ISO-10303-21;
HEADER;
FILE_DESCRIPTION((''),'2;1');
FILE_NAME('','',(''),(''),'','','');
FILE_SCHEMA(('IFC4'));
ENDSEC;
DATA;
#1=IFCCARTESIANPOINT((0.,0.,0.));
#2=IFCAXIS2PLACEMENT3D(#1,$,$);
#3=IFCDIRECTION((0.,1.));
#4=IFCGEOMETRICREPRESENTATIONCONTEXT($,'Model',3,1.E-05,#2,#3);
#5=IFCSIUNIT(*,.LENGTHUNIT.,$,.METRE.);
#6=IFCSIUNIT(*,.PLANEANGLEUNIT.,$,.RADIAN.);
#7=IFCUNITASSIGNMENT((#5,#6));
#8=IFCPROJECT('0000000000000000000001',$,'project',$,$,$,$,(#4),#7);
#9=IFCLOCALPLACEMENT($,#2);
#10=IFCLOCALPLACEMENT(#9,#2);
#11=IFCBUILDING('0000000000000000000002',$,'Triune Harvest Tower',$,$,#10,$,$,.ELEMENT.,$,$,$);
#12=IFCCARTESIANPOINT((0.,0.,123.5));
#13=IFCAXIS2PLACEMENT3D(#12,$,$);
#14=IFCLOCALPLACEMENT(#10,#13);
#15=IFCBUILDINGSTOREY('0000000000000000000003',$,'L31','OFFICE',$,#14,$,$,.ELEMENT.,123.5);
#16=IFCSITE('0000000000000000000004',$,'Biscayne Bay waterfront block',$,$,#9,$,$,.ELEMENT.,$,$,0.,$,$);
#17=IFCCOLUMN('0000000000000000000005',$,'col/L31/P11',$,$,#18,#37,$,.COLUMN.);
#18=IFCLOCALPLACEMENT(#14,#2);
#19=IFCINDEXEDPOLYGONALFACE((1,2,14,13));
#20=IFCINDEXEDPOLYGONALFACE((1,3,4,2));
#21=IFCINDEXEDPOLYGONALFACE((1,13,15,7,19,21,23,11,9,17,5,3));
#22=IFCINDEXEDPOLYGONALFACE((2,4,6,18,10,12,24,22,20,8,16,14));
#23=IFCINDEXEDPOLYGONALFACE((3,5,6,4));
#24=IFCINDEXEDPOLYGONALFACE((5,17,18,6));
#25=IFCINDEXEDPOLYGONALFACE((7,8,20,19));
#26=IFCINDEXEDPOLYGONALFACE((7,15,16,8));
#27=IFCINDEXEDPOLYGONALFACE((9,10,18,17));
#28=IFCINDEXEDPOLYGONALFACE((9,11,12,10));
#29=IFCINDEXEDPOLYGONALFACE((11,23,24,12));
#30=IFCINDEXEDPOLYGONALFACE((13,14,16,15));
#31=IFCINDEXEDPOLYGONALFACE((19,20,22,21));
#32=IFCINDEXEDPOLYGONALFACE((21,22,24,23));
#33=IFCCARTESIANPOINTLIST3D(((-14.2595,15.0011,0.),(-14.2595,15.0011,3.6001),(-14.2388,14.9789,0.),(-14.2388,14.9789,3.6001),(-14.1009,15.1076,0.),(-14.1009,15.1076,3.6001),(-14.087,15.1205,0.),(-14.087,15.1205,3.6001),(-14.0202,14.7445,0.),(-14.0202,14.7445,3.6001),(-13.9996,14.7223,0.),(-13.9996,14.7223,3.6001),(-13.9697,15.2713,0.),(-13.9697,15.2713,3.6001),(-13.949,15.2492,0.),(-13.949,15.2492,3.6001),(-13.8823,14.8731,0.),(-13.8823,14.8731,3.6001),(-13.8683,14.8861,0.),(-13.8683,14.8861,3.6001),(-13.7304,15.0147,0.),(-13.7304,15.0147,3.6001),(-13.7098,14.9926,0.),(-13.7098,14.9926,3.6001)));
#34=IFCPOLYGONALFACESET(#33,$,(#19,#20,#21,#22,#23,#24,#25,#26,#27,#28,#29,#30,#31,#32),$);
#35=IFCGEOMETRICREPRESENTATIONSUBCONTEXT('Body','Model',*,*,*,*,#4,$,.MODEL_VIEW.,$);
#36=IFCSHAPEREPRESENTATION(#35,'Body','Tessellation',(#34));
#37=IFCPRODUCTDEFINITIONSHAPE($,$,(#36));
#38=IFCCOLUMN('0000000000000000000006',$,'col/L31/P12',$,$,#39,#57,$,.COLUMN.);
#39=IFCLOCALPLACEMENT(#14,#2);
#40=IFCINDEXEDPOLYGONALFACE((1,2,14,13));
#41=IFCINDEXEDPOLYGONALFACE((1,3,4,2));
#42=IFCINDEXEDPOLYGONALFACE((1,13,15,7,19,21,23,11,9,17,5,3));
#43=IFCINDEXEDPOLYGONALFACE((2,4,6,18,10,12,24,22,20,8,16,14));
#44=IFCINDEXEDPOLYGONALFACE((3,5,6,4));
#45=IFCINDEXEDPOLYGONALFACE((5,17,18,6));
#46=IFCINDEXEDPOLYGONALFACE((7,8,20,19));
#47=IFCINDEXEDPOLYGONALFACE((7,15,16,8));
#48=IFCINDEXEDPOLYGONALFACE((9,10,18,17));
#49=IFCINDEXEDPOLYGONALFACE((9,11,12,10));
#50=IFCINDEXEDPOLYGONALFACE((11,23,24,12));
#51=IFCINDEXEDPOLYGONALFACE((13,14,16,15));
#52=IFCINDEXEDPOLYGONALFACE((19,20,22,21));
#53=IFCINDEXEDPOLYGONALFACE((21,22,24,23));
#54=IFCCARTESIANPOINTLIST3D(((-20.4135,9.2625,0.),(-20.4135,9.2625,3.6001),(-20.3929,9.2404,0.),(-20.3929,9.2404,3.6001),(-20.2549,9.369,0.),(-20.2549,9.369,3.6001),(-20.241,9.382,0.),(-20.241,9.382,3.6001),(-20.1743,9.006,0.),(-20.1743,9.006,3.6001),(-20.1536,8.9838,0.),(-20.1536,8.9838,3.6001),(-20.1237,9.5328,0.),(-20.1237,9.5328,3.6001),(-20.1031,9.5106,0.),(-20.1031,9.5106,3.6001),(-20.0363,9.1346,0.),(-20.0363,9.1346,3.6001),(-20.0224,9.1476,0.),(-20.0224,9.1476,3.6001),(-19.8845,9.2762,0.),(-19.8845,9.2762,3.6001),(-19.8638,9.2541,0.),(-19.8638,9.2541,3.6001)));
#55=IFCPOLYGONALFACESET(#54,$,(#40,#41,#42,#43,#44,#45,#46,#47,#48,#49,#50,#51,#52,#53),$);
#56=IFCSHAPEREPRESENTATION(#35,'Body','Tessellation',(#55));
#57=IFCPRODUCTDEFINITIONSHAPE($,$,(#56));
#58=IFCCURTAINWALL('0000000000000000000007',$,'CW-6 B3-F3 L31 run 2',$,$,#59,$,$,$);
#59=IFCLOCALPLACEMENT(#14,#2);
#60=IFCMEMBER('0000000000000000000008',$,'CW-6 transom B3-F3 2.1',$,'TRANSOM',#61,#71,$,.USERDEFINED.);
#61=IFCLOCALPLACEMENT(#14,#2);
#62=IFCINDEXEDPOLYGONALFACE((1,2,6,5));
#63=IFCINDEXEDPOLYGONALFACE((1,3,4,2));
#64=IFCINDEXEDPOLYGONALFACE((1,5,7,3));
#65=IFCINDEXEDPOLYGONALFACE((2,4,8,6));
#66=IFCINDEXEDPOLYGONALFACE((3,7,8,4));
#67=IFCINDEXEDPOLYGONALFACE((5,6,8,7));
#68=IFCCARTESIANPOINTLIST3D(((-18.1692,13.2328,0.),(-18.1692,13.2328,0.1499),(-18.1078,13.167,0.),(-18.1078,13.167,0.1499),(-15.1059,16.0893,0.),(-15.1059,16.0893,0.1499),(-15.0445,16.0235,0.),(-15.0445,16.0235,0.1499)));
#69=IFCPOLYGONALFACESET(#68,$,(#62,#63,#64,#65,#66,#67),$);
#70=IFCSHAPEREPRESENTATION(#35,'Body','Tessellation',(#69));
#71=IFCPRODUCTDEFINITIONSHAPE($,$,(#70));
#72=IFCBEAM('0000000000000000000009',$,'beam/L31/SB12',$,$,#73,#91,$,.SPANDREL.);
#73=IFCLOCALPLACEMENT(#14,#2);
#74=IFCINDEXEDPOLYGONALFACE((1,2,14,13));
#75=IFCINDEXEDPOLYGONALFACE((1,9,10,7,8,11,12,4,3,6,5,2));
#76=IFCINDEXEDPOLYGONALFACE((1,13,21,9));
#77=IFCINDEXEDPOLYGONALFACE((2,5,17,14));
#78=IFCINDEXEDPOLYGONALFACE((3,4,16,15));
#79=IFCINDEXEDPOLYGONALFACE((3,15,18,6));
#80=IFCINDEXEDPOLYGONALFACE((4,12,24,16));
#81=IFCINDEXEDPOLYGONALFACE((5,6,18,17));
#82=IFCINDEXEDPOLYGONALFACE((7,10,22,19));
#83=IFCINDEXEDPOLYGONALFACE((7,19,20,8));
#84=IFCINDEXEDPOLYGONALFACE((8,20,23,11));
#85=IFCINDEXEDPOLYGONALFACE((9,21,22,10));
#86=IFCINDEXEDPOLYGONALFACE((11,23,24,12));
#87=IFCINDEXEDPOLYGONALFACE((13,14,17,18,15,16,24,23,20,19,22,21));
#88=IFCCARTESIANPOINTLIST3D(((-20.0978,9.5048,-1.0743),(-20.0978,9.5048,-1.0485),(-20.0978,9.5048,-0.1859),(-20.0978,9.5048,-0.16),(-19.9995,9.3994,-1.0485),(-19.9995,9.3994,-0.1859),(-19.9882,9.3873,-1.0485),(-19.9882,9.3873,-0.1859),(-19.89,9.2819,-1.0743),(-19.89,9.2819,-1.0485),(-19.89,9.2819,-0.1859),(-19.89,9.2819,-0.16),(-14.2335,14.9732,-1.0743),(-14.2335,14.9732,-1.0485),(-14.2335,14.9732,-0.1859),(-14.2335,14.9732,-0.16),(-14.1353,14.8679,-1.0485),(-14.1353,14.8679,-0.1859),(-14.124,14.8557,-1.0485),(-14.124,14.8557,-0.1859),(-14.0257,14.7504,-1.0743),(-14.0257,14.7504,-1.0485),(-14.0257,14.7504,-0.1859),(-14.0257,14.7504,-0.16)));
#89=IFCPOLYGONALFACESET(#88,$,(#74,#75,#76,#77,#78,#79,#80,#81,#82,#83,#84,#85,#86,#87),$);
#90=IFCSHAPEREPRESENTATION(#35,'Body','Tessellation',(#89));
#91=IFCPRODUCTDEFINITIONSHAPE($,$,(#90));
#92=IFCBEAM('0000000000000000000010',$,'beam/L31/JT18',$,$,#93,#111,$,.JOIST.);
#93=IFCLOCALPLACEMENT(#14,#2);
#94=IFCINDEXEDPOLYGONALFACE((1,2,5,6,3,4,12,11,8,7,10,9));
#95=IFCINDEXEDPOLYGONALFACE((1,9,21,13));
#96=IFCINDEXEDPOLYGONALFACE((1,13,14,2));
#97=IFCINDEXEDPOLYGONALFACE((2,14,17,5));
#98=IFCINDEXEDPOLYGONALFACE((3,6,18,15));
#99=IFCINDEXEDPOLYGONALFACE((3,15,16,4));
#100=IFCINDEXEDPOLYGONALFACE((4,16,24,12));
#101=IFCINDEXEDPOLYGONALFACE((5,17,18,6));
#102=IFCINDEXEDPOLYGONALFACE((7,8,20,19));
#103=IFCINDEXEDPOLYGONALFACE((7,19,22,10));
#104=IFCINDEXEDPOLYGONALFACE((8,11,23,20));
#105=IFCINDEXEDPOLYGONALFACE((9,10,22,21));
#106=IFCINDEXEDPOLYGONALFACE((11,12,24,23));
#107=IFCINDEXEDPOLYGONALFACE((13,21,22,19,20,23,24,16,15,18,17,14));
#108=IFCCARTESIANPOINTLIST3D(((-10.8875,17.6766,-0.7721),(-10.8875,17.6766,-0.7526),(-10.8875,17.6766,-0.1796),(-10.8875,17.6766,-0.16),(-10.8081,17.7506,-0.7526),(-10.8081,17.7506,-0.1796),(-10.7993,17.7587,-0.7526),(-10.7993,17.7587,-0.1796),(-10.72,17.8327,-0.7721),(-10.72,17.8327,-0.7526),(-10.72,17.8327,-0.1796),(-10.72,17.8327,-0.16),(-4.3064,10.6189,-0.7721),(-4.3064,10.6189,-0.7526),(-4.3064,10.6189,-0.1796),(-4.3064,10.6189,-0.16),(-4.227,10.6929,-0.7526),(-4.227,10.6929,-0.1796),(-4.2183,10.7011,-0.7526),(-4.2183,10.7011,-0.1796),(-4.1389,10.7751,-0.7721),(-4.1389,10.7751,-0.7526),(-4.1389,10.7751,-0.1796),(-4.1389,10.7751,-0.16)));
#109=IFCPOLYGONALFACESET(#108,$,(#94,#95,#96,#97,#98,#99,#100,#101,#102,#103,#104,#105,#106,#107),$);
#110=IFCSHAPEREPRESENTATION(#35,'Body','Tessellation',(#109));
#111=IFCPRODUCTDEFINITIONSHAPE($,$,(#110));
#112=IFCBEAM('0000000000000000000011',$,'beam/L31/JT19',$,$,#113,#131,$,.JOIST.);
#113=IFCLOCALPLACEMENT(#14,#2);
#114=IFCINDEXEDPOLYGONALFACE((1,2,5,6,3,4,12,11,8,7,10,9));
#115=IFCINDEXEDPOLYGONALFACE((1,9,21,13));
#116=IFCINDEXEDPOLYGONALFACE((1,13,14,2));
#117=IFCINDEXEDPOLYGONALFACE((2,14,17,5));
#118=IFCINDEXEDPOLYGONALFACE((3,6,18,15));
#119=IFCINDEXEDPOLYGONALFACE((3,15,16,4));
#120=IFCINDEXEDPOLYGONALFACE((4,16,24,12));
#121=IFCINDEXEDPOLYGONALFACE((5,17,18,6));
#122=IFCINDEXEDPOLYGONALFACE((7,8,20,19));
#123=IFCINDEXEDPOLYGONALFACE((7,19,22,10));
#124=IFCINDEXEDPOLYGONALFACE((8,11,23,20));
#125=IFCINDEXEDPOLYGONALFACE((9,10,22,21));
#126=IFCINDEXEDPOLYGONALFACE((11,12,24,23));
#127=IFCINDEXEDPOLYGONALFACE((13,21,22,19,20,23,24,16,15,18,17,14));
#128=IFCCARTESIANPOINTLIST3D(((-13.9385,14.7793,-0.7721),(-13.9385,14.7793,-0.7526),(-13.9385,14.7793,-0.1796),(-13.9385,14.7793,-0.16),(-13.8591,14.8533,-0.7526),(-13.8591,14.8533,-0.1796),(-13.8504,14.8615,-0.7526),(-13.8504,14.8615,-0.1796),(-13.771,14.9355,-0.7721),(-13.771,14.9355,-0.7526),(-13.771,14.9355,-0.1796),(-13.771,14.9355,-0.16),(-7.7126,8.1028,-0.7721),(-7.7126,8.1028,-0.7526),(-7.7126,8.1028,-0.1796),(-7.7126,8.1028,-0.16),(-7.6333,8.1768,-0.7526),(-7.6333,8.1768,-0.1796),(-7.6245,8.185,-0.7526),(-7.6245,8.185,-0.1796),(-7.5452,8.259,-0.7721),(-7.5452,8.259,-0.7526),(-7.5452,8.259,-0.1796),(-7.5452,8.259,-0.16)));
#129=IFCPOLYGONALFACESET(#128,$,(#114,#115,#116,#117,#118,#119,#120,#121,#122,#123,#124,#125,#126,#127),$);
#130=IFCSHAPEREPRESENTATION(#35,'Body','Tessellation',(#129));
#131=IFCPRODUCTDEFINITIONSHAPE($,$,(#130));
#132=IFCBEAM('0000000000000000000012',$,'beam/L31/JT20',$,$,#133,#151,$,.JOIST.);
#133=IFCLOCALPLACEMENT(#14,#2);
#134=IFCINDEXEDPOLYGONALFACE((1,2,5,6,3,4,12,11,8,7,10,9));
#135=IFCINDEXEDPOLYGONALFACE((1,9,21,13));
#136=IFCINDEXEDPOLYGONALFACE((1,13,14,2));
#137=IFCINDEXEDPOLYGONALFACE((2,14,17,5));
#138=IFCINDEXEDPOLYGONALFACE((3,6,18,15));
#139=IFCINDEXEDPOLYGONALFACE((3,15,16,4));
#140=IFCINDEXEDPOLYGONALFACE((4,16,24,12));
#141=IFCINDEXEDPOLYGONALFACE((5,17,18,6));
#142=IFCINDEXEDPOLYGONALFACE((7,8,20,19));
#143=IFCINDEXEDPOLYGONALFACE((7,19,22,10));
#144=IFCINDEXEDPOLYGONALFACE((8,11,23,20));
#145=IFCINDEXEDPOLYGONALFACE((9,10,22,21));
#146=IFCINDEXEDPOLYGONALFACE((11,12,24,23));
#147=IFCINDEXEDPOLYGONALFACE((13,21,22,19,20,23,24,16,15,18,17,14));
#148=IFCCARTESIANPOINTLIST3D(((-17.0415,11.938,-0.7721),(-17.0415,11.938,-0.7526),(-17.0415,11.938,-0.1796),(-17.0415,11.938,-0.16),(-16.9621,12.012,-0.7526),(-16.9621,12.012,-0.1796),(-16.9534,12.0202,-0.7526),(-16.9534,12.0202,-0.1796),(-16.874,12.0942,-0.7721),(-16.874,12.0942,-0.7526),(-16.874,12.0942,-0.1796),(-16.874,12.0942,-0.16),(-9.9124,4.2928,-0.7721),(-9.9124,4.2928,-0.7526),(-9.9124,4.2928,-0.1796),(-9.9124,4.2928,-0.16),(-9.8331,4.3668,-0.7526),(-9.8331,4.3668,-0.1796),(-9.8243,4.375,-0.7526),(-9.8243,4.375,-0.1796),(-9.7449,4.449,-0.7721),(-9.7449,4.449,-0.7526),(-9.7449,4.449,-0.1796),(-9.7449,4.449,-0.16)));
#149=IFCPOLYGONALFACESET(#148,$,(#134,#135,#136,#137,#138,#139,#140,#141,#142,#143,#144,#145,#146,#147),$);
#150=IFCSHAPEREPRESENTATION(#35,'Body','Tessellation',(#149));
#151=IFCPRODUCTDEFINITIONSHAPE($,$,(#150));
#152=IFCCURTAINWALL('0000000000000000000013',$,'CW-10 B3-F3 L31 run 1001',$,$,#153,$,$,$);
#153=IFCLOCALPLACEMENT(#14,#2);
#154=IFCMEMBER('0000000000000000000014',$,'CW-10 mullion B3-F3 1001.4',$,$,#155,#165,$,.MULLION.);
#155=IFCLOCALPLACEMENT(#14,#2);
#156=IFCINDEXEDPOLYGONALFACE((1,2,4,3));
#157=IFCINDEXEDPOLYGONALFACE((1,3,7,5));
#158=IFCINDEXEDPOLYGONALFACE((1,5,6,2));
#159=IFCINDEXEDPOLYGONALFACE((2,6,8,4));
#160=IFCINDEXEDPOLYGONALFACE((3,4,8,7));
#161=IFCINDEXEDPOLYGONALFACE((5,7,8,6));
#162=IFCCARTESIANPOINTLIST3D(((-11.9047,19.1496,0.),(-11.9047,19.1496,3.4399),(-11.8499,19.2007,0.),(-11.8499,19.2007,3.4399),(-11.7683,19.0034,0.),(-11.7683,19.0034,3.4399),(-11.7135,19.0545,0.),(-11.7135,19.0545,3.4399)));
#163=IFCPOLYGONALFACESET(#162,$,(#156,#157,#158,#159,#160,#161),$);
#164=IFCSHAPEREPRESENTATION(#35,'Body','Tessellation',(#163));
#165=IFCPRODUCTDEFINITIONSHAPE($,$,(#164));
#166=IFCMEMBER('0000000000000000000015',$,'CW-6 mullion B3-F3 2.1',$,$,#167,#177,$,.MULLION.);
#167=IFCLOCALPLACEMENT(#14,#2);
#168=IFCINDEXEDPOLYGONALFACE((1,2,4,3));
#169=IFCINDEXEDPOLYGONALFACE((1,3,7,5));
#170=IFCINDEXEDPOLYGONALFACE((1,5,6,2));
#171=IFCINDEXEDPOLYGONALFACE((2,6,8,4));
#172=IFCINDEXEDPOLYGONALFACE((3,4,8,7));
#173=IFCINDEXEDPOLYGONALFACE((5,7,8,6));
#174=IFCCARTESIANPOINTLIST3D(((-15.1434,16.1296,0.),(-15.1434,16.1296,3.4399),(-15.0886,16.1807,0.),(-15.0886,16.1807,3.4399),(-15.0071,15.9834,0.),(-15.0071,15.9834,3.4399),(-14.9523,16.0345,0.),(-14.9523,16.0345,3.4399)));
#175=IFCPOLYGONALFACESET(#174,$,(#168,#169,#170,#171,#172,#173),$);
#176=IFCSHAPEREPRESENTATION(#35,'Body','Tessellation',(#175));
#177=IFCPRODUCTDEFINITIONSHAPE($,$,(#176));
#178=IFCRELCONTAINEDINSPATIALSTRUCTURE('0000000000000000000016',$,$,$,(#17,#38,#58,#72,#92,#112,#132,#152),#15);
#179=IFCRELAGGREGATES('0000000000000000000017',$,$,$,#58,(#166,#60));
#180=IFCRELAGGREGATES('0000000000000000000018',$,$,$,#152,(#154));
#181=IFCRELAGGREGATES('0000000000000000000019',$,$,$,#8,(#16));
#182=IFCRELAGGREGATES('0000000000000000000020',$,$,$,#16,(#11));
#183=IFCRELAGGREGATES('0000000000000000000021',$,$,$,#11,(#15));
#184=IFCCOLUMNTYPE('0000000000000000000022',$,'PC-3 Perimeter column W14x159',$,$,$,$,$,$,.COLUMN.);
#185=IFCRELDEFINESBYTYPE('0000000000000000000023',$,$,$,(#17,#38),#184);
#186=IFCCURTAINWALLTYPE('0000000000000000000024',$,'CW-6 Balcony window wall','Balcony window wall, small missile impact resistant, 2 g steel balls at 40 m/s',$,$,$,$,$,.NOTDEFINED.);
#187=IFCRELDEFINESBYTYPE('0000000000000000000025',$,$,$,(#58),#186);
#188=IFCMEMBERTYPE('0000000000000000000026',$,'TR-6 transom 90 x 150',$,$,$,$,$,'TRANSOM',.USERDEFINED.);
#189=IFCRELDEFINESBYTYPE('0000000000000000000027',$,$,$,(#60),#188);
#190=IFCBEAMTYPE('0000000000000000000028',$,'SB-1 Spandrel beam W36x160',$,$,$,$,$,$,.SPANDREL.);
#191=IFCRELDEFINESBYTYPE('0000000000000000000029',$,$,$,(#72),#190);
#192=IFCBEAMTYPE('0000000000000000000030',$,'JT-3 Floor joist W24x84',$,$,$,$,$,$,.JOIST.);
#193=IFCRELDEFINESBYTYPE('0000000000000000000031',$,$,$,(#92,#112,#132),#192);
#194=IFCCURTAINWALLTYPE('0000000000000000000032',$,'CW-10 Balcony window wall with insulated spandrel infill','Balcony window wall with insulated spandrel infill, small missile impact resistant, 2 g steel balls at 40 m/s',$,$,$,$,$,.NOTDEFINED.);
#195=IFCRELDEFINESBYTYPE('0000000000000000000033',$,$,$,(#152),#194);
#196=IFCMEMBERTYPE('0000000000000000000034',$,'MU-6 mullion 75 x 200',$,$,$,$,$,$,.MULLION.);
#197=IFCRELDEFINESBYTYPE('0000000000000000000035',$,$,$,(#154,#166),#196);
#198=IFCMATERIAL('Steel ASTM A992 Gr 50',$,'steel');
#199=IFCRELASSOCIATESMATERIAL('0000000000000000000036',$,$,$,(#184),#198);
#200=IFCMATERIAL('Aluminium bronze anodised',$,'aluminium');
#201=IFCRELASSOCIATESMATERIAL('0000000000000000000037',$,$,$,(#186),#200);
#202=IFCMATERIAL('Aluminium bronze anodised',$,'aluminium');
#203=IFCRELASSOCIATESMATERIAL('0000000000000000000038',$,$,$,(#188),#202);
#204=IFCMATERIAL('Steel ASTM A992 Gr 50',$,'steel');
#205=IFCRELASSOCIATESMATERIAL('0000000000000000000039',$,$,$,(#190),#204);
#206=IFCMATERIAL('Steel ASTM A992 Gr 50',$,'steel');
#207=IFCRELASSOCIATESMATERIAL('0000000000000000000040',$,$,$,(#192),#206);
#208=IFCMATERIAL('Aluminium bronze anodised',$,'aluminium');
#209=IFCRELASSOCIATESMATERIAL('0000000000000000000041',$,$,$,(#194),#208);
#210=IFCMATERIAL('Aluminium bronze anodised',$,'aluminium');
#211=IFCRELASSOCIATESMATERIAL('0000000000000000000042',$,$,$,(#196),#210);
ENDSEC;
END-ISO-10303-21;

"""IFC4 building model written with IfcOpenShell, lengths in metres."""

from ifc_helpers import new_model, si_unit, direction, frame, origin, origin_2d, place, context, subcontext, project, spatial, rectangle, i_section, extrude, source, transform, mapped, material, material_profile, profile_set, type_object, element, aggregate, save


model = new_model("IFC4")

# Units and contexts
model_context = context("Model", 3, precision=1e-05, world=origin(), true_north=direction((0.0, 1.0)))
body_context = subcontext(model_context, "Body", "Model", "MODEL_VIEW")
ifc_project = project(units=[si_unit("LENGTHUNIT", "METRE"), si_unit("PLANEANGLEUNIT", "RADIAN")], contexts=[model_context])

# Site, building, storey
site_placement = place(None, origin())
site = spatial("IfcSite", under=ifc_project, at=site_placement, Name="Biscayne Bay waterfront block", CompositionType="ELEMENT", RefElevation=0.0)
building_placement = place(site_placement, origin())
building = spatial("IfcBuilding", under=site, at=building_placement, Name="Triune Harvest Tower", CompositionType="ELEMENT")
storey_placement = place(building_placement, frame((0.0, 0.0, 123.5)))
storey = spatial("IfcBuildingStorey", under=building, at=storey_placement, Name="L31", Description="OFFICE", CompositionType="ELEMENT", Elevation=123.5)

# Columns
ifc_material_1 = material(Name="Steel ASTM A992 Gr 50", Category="steel")
ifc_material_profile_1 = material_profile(ifc_material_1, i_section(OverallWidth=0.3962, OverallDepth=0.3811, WebThickness=0.019, FlangeThickness=0.0303, at=origin_2d()), Name="W14x159")
ifc_profile_set_1 = profile_set([ifc_material_profile_1], Name="Steel ASTM A992 Gr 50")
column_type = type_object("IfcColumnType", Name="PC-3 Perimeter column W14x159", PredefinedType="COLUMN", material=ifc_profile_set_1)
shared_shape_1 = source(origin(), body_context, "Body", "SweptSolid", [
    extrude(i_section(OverallWidth=0.3962, OverallDepth=0.3811, WebThickness=0.019, FlangeThickness=0.0303, at=origin_2d()), origin(), (0.0, 0.0, 1.0), 3.6001),
])
for number, where, z_axis, x_axis, name in (
    (1, (-13.9846, 14.9968, 0.0), (0.0, 0.0, 1.0), (-0.731355, -0.681997, 0.0), "col/L31/P11"),
    (2, (-20.1387, 9.2583, 0.0), (0.0, 0.0, 1.0), (-0.731355, -0.681997, 0.0), "col/L31/P12"),
):
    element("IfcColumn", number, at=place(storey_placement, frame(where, z_axis=z_axis, x_axis=x_axis)), inside=storey, type_object=column_type, Name=name, PredefinedType="COLUMN", context=body_context, shape_type="MappedRepresentation", body=[
        mapped(shared_shape_1, transform((0.0, 0.0, 0.0), scale=1.0)),
    ])

# Curtain wall, member
ifc_material_2 = material(Name="Aluminium bronze anodised", Category="aluminium")
curtain_wall_type_1 = type_object("IfcCurtainWallType", Name="CW-6 Balcony window wall", Description="Balcony window wall, small missile impact resistant, 2 g steel balls at 40 m/s", PredefinedType="NOTDEFINED", material=ifc_material_2)
curtain_wall_1_placement = place(storey_placement, origin())
curtain_wall_1 = element("IfcCurtainWall", 3, at=curtain_wall_1_placement, inside=storey, type_object=curtain_wall_type_1, Name="CW-6 B3-F3 L31 run 2")
ifc_material_3 = material(Name="Aluminium bronze anodised", Category="aluminium")
ifc_material_profile_2 = material_profile(ifc_material_3, rectangle(XDim=0.0901, YDim=0.1499, at=origin_2d()), Name="TR-6 transom 90 x 150")
ifc_profile_set_2 = profile_set([ifc_material_profile_2], Name="Aluminium bronze anodised")
member_type_1 = type_object("IfcMemberType", Name="TR-6 transom 90 x 150", ElementType="TRANSOM", PredefinedType="USERDEFINED", material=ifc_profile_set_2)
member_1_placement = place(storey_placement, frame((-15.0752, 16.0564, 0.075), z_axis=(-0.731361, -0.68199, 0.0), x_axis=(0.68199, -0.731361, 0.0)))
member_1 = element("IfcMember", 4, at=member_1_placement, type_object=member_type_1, Name="CW-6 transom B3-F3 2.1", ObjectType="TRANSOM", PredefinedType="USERDEFINED", context=body_context, shape_type="SweptSolid", body=[
    extrude(rectangle(XDim=0.0901, YDim=0.1499, at=origin_2d()), origin(), (0.0, 0.0, 1.0), 4.1885),
])

# Beams
ifc_material_4 = material(Name="Steel ASTM A992 Gr 50", Category="steel")
ifc_material_profile_3 = material_profile(ifc_material_4, i_section(OverallWidth=0.3047, OverallDepth=0.9143, WebThickness=0.0166, FlangeThickness=0.0259, at=origin_2d()), Name="W36x160")
ifc_profile_set_3 = profile_set([ifc_material_profile_3], Name="Steel ASTM A992 Gr 50")
beam_type_1 = type_object("IfcBeamType", Name="SB-1 Spandrel beam W36x160", PredefinedType="SPANDREL", material=ifc_profile_set_3)
shared_shape_2 = source(origin(), body_context, "Body", "SweptSolid", [
    extrude(i_section(OverallWidth=0.3047, OverallDepth=0.9143, WebThickness=0.0166, FlangeThickness=0.0259, at=origin_2d()), origin(), (0.0, 0.0, 1.0), 8.0183),
])
beam_1_placement = place(storey_placement, frame((-14.1296, 14.8618, -0.6172), z_axis=(-0.731354, -0.681998, 0.0), x_axis=(0.681998, -0.731354, 0.0)))
element("IfcBeam", 5, at=beam_1_placement, inside=storey, type_object=beam_type_1, Name="beam/L31/SB12", PredefinedType="SPANDREL", context=body_context, shape_type="MappedRepresentation", body=[
    mapped(shared_shape_2, transform((0.0, 0.0, 0.0), scale=1.0)),
])
ifc_material_5 = material(Name="Steel ASTM A992 Gr 50", Category="steel")
ifc_material_profile_4 = material_profile(ifc_material_5, i_section(OverallWidth=0.229, OverallDepth=0.6121, WebThickness=0.012, FlangeThickness=0.0195, at=origin_2d()), Name="W24x84")
ifc_profile_set_4 = profile_set([ifc_material_profile_4], Name="Steel ASTM A992 Gr 50")
beam_type_2 = type_object("IfcBeamType", Name="JT-3 Floor joist W24x84", PredefinedType="JOIST", material=ifc_profile_set_4)
shared_shape_3 = source(origin(), body_context, "Body", "SweptSolid", [
    extrude(i_section(OverallWidth=0.229, OverallDepth=0.6121, WebThickness=0.012, FlangeThickness=0.0195, at=origin_2d()), origin(), (0.0, 0.0, 1.0), 9.6499),
])
beam_2_placement = place(storey_placement, frame((-10.8037, 17.7546, -0.4661), z_axis=(0.681983, -0.731368, 0.0), x_axis=(0.731368, 0.681983, 0.0)))
element("IfcBeam", 6, at=beam_2_placement, inside=storey, type_object=beam_type_2, Name="beam/L31/JT18", PredefinedType="JOIST", context=body_context, shape_type="MappedRepresentation", body=[
    mapped(shared_shape_3, transform((0.0, 0.0, 0.0), scale=1.0)),
])
shared_shape_4 = source(origin(), body_context, "Body", "SweptSolid", [
    extrude(i_section(OverallWidth=0.229, OverallDepth=0.6121, WebThickness=0.012, FlangeThickness=0.0195, at=origin_2d()), origin(), (0.0, 0.0, 1.0), 9.1289),
])
beam_3_placement = place(storey_placement, frame((-13.8547, 14.8574, -0.4661), z_axis=(0.681991, -0.73136, 0.0), x_axis=(0.73136, 0.681991, 0.0)))
element("IfcBeam", 7, at=beam_3_placement, inside=storey, type_object=beam_type_2, Name="beam/L31/JT19", PredefinedType="JOIST", context=body_context, shape_type="MappedRepresentation", body=[
    mapped(shared_shape_4, transform((0.0, 0.0, 0.0), scale=1.0)),
])
shared_shape_5 = source(origin(), body_context, "Body", "SweptSolid", [
    extrude(i_section(OverallWidth=0.229, OverallDepth=0.6121, WebThickness=0.012, FlangeThickness=0.0195, at=origin_2d()), origin(), (0.0, 0.0, 1.0), 10.4534),
])
beam_4_placement = place(storey_placement, frame((-16.9578, 12.0161, -0.4661), z_axis=(0.681989, -0.731362, 0.0), x_axis=(0.731362, 0.681989, 0.0)))
element("IfcBeam", 8, at=beam_4_placement, inside=storey, type_object=beam_type_2, Name="beam/L31/JT20", PredefinedType="JOIST", context=body_context, shape_type="MappedRepresentation", body=[
    mapped(shared_shape_5, transform((0.0, 0.0, 0.0), scale=1.0)),
])

# Curtain wall, member
ifc_material_6 = material(Name="Aluminium bronze anodised", Category="aluminium")
curtain_wall_type_2 = type_object("IfcCurtainWallType", Name="CW-10 Balcony window wall with insulated spandrel infill", Description="Balcony window wall with insulated spandrel infill, small missile impact resistant, 2 g steel balls at 40 m/s", PredefinedType="NOTDEFINED", material=ifc_material_6)
curtain_wall_2_placement = place(storey_placement, origin())
curtain_wall_2 = element("IfcCurtainWall", 9, at=curtain_wall_2_placement, inside=storey, type_object=curtain_wall_type_2, Name="CW-10 B3-F3 L31 run 1001")
ifc_material_7 = material(Name="Aluminium bronze anodised", Category="aluminium")
ifc_material_profile_5 = material_profile(ifc_material_7, rectangle(XDim=0.2, YDim=0.075, at=origin_2d()), Name="MU-6 mullion 75 x 200")
ifc_profile_set_5 = profile_set([ifc_material_profile_5], Name="Aluminium bronze anodised")
member_type_2 = type_object("IfcMemberType", Name="MU-6 mullion 75 x 200", PredefinedType="MULLION", material=ifc_profile_set_5)
shared_shape_6 = source(origin(), body_context, "Body", "SweptSolid", [
    extrude(rectangle(XDim=0.2, YDim=0.075, at=origin_2d()), origin(), (0.0, 0.0, 1.0), 3.4399),
])
member_2_placement = place(storey_placement, frame((-11.8091, 19.1021, 0.0), z_axis=(0.0, 0.0, 1.0), x_axis=(0.681999, -0.731353, 0.0)))
member_2 = element("IfcMember", 10, at=member_2_placement, type_object=member_type_2, Name="CW-10 mullion B3-F3 1001.4", PredefinedType="MULLION", context=body_context, shape_type="MappedRepresentation", body=[
    mapped(shared_shape_6, transform((0.0, 0.0, 0.0), scale=1.0)),
])

# Member
member_3_placement = place(storey_placement, frame((-15.0479, 16.082, 0.0), z_axis=(0.0, 0.0, 1.0), x_axis=(0.682007, -0.731346, 0.0)))
member_3 = element("IfcMember", 11, at=member_3_placement, type_object=member_type_2, Name="CW-6 mullion B3-F3 2.1", PredefinedType="MULLION", context=body_context, shape_type="MappedRepresentation", body=[
    mapped(shared_shape_6, transform((0.0, 0.0, 0.0), scale=1.0)),
])

aggregate(curtain_wall_1, [member_3, member_1])
aggregate(curtain_wall_2, [member_2])

save(model, "model.ifc")
